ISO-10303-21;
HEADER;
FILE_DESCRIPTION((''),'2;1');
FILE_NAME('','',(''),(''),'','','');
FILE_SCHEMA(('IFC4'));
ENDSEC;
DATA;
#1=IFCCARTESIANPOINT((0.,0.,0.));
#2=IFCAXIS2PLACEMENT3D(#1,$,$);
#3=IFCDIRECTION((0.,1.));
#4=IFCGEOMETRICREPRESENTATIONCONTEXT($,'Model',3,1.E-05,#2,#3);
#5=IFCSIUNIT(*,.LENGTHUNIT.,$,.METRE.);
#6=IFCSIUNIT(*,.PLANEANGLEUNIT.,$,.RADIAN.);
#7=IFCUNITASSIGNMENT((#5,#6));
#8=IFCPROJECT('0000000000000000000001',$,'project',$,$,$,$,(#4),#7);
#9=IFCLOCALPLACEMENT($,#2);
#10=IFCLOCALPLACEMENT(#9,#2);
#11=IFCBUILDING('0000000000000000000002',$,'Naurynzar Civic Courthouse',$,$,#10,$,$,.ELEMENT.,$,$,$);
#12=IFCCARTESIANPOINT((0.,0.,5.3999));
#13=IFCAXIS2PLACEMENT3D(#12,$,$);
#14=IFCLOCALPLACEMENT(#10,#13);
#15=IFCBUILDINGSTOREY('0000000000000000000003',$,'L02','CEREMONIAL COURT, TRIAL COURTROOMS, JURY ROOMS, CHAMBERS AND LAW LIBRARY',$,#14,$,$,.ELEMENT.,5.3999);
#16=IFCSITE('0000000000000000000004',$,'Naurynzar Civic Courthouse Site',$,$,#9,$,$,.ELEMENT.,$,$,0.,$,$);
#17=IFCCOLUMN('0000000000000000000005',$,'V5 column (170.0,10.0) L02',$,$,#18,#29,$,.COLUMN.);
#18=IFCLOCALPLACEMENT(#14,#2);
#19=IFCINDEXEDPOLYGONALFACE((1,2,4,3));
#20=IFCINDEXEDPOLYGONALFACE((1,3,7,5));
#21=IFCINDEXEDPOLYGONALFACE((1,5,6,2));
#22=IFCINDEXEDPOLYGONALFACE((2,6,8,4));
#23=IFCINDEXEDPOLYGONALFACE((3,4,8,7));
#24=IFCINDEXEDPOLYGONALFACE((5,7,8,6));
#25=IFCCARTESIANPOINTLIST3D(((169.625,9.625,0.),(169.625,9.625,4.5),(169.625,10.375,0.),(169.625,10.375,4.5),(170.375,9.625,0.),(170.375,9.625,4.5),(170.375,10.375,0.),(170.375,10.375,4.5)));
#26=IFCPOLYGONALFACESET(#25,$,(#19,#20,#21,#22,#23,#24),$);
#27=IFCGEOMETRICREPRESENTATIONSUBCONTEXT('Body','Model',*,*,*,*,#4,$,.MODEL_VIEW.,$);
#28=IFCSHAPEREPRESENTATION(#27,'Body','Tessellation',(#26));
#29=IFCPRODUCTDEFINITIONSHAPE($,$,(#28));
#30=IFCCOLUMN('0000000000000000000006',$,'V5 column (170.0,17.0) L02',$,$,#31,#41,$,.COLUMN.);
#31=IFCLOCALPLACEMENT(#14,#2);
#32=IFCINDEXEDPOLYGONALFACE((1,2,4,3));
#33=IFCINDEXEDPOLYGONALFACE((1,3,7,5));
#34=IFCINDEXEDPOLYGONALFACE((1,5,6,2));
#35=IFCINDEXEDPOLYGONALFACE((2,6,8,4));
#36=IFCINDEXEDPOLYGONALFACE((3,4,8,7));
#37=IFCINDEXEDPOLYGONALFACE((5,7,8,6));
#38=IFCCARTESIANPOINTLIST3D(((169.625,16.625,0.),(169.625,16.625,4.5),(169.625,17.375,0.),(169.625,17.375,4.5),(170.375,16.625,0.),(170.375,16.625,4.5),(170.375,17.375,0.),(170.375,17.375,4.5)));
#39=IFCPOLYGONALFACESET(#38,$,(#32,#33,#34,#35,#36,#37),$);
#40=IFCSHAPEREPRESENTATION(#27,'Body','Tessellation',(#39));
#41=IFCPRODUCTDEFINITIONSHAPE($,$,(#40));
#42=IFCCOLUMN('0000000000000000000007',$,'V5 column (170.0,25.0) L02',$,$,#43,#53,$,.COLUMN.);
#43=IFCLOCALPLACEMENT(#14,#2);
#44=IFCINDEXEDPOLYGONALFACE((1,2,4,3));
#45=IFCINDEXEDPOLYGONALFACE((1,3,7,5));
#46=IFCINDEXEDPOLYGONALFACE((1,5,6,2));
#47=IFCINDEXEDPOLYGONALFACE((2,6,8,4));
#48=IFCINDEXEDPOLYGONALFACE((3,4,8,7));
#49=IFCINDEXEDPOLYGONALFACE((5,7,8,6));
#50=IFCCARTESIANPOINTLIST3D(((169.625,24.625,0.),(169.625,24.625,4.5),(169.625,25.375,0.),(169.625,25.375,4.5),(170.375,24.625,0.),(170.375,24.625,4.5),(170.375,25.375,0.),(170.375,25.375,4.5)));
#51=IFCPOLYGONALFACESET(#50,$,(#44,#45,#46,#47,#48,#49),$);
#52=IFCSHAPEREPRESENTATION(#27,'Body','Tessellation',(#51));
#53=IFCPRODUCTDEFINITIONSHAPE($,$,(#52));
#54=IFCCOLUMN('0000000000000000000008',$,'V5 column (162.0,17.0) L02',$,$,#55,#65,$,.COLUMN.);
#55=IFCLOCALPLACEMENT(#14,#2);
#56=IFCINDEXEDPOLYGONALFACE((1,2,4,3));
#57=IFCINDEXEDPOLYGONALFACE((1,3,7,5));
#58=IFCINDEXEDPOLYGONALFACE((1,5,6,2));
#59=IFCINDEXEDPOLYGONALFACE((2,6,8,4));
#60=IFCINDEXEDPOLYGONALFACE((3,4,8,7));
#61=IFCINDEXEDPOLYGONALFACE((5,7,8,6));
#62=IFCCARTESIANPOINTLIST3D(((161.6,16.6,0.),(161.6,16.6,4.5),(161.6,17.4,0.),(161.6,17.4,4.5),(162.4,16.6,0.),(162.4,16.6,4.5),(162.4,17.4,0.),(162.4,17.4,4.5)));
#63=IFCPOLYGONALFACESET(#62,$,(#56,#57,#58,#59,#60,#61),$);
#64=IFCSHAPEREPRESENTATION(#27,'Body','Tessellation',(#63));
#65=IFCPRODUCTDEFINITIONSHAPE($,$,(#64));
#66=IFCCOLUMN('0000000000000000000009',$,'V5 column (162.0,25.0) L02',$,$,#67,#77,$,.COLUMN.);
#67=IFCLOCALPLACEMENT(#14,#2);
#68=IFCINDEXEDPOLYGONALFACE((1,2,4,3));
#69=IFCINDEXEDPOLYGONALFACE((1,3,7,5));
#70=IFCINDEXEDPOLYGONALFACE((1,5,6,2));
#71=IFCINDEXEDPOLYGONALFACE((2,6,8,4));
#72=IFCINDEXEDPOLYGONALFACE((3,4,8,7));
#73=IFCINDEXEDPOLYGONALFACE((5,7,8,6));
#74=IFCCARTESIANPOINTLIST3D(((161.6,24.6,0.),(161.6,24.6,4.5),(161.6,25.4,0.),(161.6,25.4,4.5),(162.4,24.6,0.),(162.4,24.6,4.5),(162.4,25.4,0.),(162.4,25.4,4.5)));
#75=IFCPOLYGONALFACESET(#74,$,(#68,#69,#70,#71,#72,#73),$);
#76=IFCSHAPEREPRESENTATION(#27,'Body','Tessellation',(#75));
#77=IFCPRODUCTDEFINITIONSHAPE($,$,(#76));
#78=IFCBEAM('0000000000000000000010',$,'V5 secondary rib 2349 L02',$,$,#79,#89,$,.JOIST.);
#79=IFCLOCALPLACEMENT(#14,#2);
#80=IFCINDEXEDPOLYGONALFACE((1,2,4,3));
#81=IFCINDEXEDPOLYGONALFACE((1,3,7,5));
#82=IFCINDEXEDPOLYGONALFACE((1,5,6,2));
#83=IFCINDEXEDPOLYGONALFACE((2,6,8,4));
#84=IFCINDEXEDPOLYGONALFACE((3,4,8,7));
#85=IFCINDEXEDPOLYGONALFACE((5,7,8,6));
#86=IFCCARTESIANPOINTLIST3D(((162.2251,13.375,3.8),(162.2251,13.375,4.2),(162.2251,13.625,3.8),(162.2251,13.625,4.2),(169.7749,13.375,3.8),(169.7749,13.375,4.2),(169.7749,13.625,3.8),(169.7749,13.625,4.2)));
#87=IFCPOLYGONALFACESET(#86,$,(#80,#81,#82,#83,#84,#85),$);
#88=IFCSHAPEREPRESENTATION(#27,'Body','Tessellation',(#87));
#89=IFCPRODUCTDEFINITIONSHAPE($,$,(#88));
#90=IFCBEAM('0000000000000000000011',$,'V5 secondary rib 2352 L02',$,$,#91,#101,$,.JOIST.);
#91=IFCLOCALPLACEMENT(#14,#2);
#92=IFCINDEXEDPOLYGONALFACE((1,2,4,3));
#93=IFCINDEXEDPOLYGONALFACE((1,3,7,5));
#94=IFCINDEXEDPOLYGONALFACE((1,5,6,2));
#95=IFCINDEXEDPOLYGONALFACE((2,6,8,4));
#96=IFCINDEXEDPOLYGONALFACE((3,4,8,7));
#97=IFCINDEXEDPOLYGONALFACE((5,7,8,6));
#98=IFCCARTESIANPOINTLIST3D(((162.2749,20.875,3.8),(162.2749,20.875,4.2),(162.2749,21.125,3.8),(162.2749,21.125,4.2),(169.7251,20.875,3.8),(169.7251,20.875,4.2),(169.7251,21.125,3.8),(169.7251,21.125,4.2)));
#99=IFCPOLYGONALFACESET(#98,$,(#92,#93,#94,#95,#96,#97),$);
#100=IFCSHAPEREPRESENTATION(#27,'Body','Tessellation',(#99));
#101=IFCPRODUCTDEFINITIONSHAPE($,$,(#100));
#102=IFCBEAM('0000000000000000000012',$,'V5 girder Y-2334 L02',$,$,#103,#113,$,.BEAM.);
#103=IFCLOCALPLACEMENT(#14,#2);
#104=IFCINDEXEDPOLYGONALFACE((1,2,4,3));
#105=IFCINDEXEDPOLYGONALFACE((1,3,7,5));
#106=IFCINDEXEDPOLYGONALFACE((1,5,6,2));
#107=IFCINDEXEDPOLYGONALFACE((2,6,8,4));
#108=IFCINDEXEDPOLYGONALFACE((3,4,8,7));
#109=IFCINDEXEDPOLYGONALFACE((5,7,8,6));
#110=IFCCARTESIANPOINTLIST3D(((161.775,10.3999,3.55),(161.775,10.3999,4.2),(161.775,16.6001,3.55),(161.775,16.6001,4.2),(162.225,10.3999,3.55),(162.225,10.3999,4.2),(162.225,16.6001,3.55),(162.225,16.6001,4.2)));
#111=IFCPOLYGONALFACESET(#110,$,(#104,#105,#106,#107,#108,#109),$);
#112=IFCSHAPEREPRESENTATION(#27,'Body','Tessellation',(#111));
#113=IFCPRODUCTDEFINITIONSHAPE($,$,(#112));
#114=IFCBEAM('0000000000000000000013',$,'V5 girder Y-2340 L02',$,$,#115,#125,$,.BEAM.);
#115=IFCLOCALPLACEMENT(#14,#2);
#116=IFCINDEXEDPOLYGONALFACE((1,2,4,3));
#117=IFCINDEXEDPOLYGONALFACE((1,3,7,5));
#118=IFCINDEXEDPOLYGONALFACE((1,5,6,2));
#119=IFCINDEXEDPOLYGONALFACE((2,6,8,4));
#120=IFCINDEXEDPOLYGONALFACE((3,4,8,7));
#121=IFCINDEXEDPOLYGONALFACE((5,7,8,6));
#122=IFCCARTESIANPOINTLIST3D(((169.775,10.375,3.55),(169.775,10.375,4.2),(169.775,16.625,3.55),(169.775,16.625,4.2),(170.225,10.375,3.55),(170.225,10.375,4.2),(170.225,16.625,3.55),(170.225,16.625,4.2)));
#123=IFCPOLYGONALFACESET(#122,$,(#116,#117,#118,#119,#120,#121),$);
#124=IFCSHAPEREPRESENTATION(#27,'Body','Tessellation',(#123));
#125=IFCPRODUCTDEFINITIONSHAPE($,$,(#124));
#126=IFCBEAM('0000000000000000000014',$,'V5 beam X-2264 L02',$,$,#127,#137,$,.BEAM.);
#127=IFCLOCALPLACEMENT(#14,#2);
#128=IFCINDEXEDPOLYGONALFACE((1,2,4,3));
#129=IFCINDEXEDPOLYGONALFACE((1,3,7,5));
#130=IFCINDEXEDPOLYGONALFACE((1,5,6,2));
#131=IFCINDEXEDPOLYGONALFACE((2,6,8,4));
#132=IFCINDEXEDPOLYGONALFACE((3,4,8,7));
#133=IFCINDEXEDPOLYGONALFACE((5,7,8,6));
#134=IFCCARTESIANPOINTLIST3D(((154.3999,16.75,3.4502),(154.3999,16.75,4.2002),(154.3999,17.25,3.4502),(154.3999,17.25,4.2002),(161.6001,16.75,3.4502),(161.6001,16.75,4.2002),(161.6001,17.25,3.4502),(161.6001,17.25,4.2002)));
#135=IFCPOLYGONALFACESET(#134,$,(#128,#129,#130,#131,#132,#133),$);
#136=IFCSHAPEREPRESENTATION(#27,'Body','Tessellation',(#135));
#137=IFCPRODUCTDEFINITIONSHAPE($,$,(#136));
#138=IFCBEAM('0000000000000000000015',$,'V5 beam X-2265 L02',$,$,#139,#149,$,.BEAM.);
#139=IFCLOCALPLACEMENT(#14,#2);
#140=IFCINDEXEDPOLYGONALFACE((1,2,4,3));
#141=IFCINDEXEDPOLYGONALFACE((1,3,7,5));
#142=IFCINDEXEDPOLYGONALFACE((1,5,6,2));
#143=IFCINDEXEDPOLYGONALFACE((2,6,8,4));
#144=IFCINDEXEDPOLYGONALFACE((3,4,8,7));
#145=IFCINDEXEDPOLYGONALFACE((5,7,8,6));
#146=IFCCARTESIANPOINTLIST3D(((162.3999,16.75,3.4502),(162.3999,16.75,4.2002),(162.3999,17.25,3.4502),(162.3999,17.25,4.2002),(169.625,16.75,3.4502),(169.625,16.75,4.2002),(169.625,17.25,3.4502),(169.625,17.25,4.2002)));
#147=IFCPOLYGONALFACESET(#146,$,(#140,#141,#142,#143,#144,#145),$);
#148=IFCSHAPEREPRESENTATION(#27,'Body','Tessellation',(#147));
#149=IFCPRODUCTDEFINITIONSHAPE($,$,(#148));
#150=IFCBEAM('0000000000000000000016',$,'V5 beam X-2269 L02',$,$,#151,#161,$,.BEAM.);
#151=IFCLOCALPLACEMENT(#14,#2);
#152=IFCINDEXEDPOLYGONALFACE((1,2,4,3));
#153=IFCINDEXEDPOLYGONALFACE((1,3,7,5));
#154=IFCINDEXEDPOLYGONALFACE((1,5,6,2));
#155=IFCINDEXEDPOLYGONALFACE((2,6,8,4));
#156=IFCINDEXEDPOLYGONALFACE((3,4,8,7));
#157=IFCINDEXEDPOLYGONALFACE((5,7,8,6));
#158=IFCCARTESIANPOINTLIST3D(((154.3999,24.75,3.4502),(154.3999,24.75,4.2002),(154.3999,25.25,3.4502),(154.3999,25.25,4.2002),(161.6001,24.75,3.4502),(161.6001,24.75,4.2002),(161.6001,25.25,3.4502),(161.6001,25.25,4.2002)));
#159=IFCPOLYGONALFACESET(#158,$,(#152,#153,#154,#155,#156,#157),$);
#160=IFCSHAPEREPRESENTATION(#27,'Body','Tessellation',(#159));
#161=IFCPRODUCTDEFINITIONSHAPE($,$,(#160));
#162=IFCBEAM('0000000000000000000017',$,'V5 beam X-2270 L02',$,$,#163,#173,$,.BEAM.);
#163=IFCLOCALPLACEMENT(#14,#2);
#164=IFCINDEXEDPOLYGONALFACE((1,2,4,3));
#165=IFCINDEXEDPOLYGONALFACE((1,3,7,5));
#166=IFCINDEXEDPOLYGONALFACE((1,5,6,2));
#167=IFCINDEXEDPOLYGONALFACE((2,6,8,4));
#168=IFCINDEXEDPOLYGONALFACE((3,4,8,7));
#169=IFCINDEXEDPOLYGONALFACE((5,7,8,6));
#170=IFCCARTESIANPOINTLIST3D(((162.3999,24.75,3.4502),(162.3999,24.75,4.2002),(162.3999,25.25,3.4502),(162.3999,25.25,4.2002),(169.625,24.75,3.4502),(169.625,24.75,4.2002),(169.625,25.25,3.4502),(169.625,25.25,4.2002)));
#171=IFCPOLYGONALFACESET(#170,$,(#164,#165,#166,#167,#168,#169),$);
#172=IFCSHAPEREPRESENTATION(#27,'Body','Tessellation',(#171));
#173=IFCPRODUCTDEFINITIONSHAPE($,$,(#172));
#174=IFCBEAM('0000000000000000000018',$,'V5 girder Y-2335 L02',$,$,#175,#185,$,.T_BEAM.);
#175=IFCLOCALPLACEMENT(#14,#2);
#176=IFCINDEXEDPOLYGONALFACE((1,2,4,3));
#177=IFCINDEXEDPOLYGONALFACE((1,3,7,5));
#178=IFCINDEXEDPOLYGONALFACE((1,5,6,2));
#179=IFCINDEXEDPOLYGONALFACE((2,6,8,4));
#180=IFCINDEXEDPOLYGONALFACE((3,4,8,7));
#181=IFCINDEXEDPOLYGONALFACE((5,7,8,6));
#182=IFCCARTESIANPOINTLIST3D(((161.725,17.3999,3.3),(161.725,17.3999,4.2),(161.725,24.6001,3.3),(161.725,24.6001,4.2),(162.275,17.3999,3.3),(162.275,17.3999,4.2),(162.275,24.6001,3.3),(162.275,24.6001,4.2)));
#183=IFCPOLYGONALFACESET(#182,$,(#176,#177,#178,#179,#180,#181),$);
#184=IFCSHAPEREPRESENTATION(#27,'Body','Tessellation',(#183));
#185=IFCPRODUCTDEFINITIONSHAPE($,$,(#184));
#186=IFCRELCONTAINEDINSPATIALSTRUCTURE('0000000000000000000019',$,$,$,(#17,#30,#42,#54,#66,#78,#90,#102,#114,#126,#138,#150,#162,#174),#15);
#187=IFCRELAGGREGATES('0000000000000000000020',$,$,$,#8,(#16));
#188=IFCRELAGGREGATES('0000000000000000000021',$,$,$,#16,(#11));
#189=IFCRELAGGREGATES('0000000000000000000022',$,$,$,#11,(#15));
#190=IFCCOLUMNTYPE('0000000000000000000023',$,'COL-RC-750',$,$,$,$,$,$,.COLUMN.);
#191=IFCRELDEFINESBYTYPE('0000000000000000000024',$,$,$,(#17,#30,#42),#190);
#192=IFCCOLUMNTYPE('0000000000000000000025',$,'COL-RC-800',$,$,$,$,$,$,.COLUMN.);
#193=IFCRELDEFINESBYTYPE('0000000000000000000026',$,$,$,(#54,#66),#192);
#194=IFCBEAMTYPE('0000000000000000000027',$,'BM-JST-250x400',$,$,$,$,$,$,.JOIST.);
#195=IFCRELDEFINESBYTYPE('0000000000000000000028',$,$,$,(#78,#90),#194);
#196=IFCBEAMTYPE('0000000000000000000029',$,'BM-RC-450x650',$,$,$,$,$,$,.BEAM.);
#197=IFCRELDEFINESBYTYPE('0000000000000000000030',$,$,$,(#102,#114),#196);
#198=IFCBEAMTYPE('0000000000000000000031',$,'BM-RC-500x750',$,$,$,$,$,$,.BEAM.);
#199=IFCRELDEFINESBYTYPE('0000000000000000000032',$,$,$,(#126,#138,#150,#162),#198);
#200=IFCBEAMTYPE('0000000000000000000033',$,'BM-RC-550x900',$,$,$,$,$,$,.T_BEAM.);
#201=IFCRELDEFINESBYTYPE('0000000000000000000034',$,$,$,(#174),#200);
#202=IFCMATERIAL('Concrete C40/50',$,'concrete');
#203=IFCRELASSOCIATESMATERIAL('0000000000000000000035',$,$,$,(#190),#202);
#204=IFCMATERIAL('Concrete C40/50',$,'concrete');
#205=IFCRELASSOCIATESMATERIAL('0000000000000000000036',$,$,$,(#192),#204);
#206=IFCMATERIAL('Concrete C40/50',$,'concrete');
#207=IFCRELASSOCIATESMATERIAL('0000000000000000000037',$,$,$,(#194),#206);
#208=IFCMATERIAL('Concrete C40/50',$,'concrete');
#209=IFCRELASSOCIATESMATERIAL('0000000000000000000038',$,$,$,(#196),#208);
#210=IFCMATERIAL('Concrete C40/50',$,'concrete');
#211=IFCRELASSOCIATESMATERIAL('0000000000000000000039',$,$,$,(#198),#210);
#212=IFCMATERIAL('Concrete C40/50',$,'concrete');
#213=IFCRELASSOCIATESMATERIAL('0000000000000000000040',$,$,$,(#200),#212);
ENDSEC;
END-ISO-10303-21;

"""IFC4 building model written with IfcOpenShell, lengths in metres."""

from ifc_helpers import new_model, si_unit, direction, frame, origin, origin_2d, place, context, subcontext, project, spatial, rectangle, extrude, material, material_profile, profile_set, type_object, element, save


model = new_model("IFC4")

# Units and contexts
model_context = context("Model", 3, precision=1e-05, world=origin(), true_north=direction((0.0, 1.0)))
body_context = subcontext(model_context, "Body", "Model", "MODEL_VIEW")
ifc_project = project(units=[si_unit("LENGTHUNIT", "METRE"), si_unit("PLANEANGLEUNIT", "RADIAN")], contexts=[model_context])

# Site, building, storey
site_placement = place(None, origin())
site = spatial("IfcSite", under=ifc_project, at=site_placement, Name="Naurynzar Civic Courthouse Site", CompositionType="ELEMENT", RefElevation=0.0)
building_placement = place(site_placement, origin())
building = spatial("IfcBuilding", under=site, at=building_placement, Name="Naurynzar Civic Courthouse", CompositionType="ELEMENT")
storey_placement = place(building_placement, frame((0.0, 0.0, 5.3999)))
storey = spatial("IfcBuildingStorey", under=building, at=storey_placement, Name="L02", Description="CEREMONIAL COURT, TRIAL COURTROOMS, JURY ROOMS, CHAMBERS AND LAW LIBRARY", CompositionType="ELEMENT", Elevation=5.3999)

# Columns
ifc_material_1 = material(Name="Concrete C40/50", Category="concrete")
ifc_material_profile_1 = material_profile(ifc_material_1, rectangle(XDim=0.75, YDim=0.75, at=origin_2d()), Name="RC 750x750")
ifc_profile_set_1 = profile_set([ifc_material_profile_1], Name="Concrete C40/50")
column_type_1 = type_object("IfcColumnType", Name="COL-RC-750", PredefinedType="COLUMN", material=ifc_profile_set_1)
for number, where, z_axis, x_axis, name in (
    (1, (170.0, 10.0, 0.0), (0.0, 0.0, 1.0), (1.0, 0.0, 0.0), "V5 column (170.0,10.0) L02"),
    (2, (170.0, 17.0, 0.0), (0.0, 0.0, 1.0), (1.0, 0.0, 0.0), "V5 column (170.0,17.0) L02"),
    (3, (170.0, 25.0, 0.0), (0.0, 0.0, 1.0), (1.0, 0.0, 0.0), "V5 column (170.0,25.0) L02"),
):
    element("IfcColumn", number, at=place(storey_placement, frame(where, z_axis=z_axis, x_axis=x_axis)), inside=storey, type_object=column_type_1, Name=name, PredefinedType="COLUMN", context=body_context, shape_type="SweptSolid", body=[
        extrude(rectangle(XDim=0.75, YDim=0.75, at=origin_2d()), origin(), (0.0, 0.0, 1.0), 4.5),
    ])
ifc_material_2 = material(Name="Concrete C40/50", Category="concrete")
ifc_material_profile_2 = material_profile(ifc_material_2, rectangle(XDim=0.8, YDim=0.8, at=origin_2d()), Name="RC 800x800")
ifc_profile_set_2 = profile_set([ifc_material_profile_2], Name="Concrete C40/50")
column_type_2 = type_object("IfcColumnType", Name="COL-RC-800", PredefinedType="COLUMN", material=ifc_profile_set_2)
for number, where, z_axis, x_axis, name in (
    (4, (162.0, 17.0, 0.0), (0.0, 0.0, 1.0), (1.0, 0.0, 0.0), "V5 column (162.0,17.0) L02"),
    (5, (162.0, 25.0, 0.0), (0.0, 0.0, 1.0), (1.0, 0.0, 0.0), "V5 column (162.0,25.0) L02"),
):
    element("IfcColumn", number, at=place(storey_placement, frame(where, z_axis=z_axis, x_axis=x_axis)), inside=storey, type_object=column_type_2, Name=name, PredefinedType="COLUMN", context=body_context, shape_type="SweptSolid", body=[
        extrude(rectangle(XDim=0.8, YDim=0.8, at=origin_2d()), origin(), (0.0, 0.0, 1.0), 4.5),
    ])

# Beams
ifc_material_3 = material(Name="Concrete C40/50", Category="concrete")
ifc_material_profile_3 = material_profile(ifc_material_3, rectangle(XDim=0.25, YDim=0.3999, at=origin_2d()), Name="RCB 250x400")
ifc_profile_set_3 = profile_set([ifc_material_profile_3], Name="Concrete C40/50")
beam_type_1 = type_object("IfcBeamType", Name="BM-JST-250x400", PredefinedType="JOIST", material=ifc_profile_set_3)
beam_1_placement = place(storey_placement, frame((162.2251, 13.5, 4.0), z_axis=(1.0, 0.0, 0.0), x_axis=(0.0, 1.0, 0.0)))
element("IfcBeam", 6, at=beam_1_placement, inside=storey, type_object=beam_type_1, Name="V5 secondary rib 2349 L02", PredefinedType="JOIST", context=body_context, shape_type="SweptSolid", body=[
    extrude(rectangle(XDim=0.25, YDim=0.3999, at=origin_2d()), origin(), (0.0, 0.0, 1.0), 7.5498),
])
beam_2_placement = place(storey_placement, frame((162.2749, 21.0, 4.0), z_axis=(1.0, 0.0, 0.0), x_axis=(0.0, 1.0, 0.0)))
element("IfcBeam", 7, at=beam_2_placement, inside=storey, type_object=beam_type_1, Name="V5 secondary rib 2352 L02", PredefinedType="JOIST", context=body_context, shape_type="SweptSolid", body=[
    extrude(rectangle(XDim=0.25, YDim=0.3999, at=origin_2d()), origin(), (0.0, 0.0, 1.0), 7.4502),
])
ifc_material_4 = material(Name="Concrete C40/50", Category="concrete")
ifc_material_profile_4 = material_profile(ifc_material_4, rectangle(XDim=0.45, YDim=0.6499, at=origin_2d()), Name="RCB 450x650")
ifc_profile_set_4 = profile_set([ifc_material_profile_4], Name="Concrete C40/50")
beam_type_2 = type_object("IfcBeamType", Name="BM-RC-450x650", PredefinedType="BEAM", material=ifc_profile_set_4)
beam_3_placement = place(storey_placement, frame((162.0, 10.3999, 3.875), z_axis=(0.0, 1.0, 0.0), x_axis=(-1.0, 0.0, 0.0)))
element("IfcBeam", 8, at=beam_3_placement, inside=storey, type_object=beam_type_2, Name="V5 girder Y-2334 L02", PredefinedType="BEAM", context=body_context, shape_type="SweptSolid", body=[
    extrude(rectangle(XDim=0.45, YDim=0.6499, at=origin_2d()), origin(), (0.0, 0.0, 1.0), 6.2002),
])
beam_4_placement = place(storey_placement, frame((170.0, 10.375, 3.875), z_axis=(0.0, 1.0, 0.0), x_axis=(-1.0, 0.0, 0.0)))
element("IfcBeam", 9, at=beam_4_placement, inside=storey, type_object=beam_type_2, Name="V5 girder Y-2340 L02", PredefinedType="BEAM", context=body_context, shape_type="SweptSolid", body=[
    extrude(rectangle(XDim=0.45, YDim=0.6499, at=origin_2d()), origin(), (0.0, 0.0, 1.0), 6.25),
])
ifc_material_5 = material(Name="Concrete C40/50", Category="concrete")
ifc_material_profile_5 = material_profile(ifc_material_5, rectangle(XDim=0.5, YDim=0.75, at=origin_2d()), Name="RCB 500x750")
ifc_profile_set_5 = profile_set([ifc_material_profile_5], Name="Concrete C40/50")
beam_type_3 = type_object("IfcBeamType", Name="BM-RC-500x750", PredefinedType="BEAM", material=ifc_profile_set_5)
beam_5_placement = place(storey_placement, frame((154.3999, 17.0, 3.8252), z_axis=(1.0, 0.0, 0.0), x_axis=(0.0, 1.0, 0.0)))
element("IfcBeam", 10, at=beam_5_placement, inside=storey, type_object=beam_type_3, Name="V5 beam X-2264 L02", PredefinedType="BEAM", context=body_context, shape_type="SweptSolid", body=[
    extrude(rectangle(XDim=0.5, YDim=0.75, at=origin_2d()), origin(), (0.0, 0.0, 1.0), 7.2002),
])
beam_6_placement = place(storey_placement, frame((162.3999, 17.0, 3.8252), z_axis=(1.0, 0.0, 0.0), x_axis=(0.0, 1.0, 0.0)))
element("IfcBeam", 11, at=beam_6_placement, inside=storey, type_object=beam_type_3, Name="V5 beam X-2265 L02", PredefinedType="BEAM", context=body_context, shape_type="SweptSolid", body=[
    extrude(rectangle(XDim=0.5, YDim=0.75, at=origin_2d()), origin(), (0.0, 0.0, 1.0), 7.2251),
])
beam_7_placement = place(storey_placement, frame((154.3999, 25.0, 3.8252), z_axis=(1.0, 0.0, 0.0), x_axis=(0.0, 1.0, 0.0)))
element("IfcBeam", 12, at=beam_7_placement, inside=storey, type_object=beam_type_3, Name="V5 beam X-2269 L02", PredefinedType="BEAM", context=body_context, shape_type="SweptSolid", body=[
    extrude(rectangle(XDim=0.5, YDim=0.75, at=origin_2d()), origin(), (0.0, 0.0, 1.0), 7.2002),
])
beam_8_placement = place(storey_placement, frame((162.3999, 25.0, 3.8252), z_axis=(1.0, 0.0, 0.0), x_axis=(0.0, 1.0, 0.0)))
element("IfcBeam", 13, at=beam_8_placement, inside=storey, type_object=beam_type_3, Name="V5 beam X-2270 L02", PredefinedType="BEAM", context=body_context, shape_type="SweptSolid", body=[
    extrude(rectangle(XDim=0.5, YDim=0.75, at=origin_2d()), origin(), (0.0, 0.0, 1.0), 7.2251),
])
ifc_material_6 = material(Name="Concrete C40/50", Category="concrete")
ifc_material_profile_6 = material_profile(ifc_material_6, rectangle(XDim=0.55, YDim=0.8999, at=origin_2d()), Name="RCB 550x900")
ifc_profile_set_6 = profile_set([ifc_material_profile_6], Name="Concrete C40/50")
beam_type_4 = type_object("IfcBeamType", Name="BM-RC-550x900", PredefinedType="T_BEAM", material=ifc_profile_set_6)
beam_9_placement = place(storey_placement, frame((162.0, 17.3999, 3.75), z_axis=(0.0, 1.0, 0.0), x_axis=(-1.0, 0.0, 0.0)))
element("IfcBeam", 14, at=beam_9_placement, inside=storey, type_object=beam_type_4, Name="V5 girder Y-2335 L02", PredefinedType="T_BEAM", context=body_context, shape_type="SweptSolid", body=[
    extrude(rectangle(XDim=0.55, YDim=0.8999, at=origin_2d()), origin(), (0.0, 0.0, 1.0), 7.2002),
])

save(model, "model.ifc")
